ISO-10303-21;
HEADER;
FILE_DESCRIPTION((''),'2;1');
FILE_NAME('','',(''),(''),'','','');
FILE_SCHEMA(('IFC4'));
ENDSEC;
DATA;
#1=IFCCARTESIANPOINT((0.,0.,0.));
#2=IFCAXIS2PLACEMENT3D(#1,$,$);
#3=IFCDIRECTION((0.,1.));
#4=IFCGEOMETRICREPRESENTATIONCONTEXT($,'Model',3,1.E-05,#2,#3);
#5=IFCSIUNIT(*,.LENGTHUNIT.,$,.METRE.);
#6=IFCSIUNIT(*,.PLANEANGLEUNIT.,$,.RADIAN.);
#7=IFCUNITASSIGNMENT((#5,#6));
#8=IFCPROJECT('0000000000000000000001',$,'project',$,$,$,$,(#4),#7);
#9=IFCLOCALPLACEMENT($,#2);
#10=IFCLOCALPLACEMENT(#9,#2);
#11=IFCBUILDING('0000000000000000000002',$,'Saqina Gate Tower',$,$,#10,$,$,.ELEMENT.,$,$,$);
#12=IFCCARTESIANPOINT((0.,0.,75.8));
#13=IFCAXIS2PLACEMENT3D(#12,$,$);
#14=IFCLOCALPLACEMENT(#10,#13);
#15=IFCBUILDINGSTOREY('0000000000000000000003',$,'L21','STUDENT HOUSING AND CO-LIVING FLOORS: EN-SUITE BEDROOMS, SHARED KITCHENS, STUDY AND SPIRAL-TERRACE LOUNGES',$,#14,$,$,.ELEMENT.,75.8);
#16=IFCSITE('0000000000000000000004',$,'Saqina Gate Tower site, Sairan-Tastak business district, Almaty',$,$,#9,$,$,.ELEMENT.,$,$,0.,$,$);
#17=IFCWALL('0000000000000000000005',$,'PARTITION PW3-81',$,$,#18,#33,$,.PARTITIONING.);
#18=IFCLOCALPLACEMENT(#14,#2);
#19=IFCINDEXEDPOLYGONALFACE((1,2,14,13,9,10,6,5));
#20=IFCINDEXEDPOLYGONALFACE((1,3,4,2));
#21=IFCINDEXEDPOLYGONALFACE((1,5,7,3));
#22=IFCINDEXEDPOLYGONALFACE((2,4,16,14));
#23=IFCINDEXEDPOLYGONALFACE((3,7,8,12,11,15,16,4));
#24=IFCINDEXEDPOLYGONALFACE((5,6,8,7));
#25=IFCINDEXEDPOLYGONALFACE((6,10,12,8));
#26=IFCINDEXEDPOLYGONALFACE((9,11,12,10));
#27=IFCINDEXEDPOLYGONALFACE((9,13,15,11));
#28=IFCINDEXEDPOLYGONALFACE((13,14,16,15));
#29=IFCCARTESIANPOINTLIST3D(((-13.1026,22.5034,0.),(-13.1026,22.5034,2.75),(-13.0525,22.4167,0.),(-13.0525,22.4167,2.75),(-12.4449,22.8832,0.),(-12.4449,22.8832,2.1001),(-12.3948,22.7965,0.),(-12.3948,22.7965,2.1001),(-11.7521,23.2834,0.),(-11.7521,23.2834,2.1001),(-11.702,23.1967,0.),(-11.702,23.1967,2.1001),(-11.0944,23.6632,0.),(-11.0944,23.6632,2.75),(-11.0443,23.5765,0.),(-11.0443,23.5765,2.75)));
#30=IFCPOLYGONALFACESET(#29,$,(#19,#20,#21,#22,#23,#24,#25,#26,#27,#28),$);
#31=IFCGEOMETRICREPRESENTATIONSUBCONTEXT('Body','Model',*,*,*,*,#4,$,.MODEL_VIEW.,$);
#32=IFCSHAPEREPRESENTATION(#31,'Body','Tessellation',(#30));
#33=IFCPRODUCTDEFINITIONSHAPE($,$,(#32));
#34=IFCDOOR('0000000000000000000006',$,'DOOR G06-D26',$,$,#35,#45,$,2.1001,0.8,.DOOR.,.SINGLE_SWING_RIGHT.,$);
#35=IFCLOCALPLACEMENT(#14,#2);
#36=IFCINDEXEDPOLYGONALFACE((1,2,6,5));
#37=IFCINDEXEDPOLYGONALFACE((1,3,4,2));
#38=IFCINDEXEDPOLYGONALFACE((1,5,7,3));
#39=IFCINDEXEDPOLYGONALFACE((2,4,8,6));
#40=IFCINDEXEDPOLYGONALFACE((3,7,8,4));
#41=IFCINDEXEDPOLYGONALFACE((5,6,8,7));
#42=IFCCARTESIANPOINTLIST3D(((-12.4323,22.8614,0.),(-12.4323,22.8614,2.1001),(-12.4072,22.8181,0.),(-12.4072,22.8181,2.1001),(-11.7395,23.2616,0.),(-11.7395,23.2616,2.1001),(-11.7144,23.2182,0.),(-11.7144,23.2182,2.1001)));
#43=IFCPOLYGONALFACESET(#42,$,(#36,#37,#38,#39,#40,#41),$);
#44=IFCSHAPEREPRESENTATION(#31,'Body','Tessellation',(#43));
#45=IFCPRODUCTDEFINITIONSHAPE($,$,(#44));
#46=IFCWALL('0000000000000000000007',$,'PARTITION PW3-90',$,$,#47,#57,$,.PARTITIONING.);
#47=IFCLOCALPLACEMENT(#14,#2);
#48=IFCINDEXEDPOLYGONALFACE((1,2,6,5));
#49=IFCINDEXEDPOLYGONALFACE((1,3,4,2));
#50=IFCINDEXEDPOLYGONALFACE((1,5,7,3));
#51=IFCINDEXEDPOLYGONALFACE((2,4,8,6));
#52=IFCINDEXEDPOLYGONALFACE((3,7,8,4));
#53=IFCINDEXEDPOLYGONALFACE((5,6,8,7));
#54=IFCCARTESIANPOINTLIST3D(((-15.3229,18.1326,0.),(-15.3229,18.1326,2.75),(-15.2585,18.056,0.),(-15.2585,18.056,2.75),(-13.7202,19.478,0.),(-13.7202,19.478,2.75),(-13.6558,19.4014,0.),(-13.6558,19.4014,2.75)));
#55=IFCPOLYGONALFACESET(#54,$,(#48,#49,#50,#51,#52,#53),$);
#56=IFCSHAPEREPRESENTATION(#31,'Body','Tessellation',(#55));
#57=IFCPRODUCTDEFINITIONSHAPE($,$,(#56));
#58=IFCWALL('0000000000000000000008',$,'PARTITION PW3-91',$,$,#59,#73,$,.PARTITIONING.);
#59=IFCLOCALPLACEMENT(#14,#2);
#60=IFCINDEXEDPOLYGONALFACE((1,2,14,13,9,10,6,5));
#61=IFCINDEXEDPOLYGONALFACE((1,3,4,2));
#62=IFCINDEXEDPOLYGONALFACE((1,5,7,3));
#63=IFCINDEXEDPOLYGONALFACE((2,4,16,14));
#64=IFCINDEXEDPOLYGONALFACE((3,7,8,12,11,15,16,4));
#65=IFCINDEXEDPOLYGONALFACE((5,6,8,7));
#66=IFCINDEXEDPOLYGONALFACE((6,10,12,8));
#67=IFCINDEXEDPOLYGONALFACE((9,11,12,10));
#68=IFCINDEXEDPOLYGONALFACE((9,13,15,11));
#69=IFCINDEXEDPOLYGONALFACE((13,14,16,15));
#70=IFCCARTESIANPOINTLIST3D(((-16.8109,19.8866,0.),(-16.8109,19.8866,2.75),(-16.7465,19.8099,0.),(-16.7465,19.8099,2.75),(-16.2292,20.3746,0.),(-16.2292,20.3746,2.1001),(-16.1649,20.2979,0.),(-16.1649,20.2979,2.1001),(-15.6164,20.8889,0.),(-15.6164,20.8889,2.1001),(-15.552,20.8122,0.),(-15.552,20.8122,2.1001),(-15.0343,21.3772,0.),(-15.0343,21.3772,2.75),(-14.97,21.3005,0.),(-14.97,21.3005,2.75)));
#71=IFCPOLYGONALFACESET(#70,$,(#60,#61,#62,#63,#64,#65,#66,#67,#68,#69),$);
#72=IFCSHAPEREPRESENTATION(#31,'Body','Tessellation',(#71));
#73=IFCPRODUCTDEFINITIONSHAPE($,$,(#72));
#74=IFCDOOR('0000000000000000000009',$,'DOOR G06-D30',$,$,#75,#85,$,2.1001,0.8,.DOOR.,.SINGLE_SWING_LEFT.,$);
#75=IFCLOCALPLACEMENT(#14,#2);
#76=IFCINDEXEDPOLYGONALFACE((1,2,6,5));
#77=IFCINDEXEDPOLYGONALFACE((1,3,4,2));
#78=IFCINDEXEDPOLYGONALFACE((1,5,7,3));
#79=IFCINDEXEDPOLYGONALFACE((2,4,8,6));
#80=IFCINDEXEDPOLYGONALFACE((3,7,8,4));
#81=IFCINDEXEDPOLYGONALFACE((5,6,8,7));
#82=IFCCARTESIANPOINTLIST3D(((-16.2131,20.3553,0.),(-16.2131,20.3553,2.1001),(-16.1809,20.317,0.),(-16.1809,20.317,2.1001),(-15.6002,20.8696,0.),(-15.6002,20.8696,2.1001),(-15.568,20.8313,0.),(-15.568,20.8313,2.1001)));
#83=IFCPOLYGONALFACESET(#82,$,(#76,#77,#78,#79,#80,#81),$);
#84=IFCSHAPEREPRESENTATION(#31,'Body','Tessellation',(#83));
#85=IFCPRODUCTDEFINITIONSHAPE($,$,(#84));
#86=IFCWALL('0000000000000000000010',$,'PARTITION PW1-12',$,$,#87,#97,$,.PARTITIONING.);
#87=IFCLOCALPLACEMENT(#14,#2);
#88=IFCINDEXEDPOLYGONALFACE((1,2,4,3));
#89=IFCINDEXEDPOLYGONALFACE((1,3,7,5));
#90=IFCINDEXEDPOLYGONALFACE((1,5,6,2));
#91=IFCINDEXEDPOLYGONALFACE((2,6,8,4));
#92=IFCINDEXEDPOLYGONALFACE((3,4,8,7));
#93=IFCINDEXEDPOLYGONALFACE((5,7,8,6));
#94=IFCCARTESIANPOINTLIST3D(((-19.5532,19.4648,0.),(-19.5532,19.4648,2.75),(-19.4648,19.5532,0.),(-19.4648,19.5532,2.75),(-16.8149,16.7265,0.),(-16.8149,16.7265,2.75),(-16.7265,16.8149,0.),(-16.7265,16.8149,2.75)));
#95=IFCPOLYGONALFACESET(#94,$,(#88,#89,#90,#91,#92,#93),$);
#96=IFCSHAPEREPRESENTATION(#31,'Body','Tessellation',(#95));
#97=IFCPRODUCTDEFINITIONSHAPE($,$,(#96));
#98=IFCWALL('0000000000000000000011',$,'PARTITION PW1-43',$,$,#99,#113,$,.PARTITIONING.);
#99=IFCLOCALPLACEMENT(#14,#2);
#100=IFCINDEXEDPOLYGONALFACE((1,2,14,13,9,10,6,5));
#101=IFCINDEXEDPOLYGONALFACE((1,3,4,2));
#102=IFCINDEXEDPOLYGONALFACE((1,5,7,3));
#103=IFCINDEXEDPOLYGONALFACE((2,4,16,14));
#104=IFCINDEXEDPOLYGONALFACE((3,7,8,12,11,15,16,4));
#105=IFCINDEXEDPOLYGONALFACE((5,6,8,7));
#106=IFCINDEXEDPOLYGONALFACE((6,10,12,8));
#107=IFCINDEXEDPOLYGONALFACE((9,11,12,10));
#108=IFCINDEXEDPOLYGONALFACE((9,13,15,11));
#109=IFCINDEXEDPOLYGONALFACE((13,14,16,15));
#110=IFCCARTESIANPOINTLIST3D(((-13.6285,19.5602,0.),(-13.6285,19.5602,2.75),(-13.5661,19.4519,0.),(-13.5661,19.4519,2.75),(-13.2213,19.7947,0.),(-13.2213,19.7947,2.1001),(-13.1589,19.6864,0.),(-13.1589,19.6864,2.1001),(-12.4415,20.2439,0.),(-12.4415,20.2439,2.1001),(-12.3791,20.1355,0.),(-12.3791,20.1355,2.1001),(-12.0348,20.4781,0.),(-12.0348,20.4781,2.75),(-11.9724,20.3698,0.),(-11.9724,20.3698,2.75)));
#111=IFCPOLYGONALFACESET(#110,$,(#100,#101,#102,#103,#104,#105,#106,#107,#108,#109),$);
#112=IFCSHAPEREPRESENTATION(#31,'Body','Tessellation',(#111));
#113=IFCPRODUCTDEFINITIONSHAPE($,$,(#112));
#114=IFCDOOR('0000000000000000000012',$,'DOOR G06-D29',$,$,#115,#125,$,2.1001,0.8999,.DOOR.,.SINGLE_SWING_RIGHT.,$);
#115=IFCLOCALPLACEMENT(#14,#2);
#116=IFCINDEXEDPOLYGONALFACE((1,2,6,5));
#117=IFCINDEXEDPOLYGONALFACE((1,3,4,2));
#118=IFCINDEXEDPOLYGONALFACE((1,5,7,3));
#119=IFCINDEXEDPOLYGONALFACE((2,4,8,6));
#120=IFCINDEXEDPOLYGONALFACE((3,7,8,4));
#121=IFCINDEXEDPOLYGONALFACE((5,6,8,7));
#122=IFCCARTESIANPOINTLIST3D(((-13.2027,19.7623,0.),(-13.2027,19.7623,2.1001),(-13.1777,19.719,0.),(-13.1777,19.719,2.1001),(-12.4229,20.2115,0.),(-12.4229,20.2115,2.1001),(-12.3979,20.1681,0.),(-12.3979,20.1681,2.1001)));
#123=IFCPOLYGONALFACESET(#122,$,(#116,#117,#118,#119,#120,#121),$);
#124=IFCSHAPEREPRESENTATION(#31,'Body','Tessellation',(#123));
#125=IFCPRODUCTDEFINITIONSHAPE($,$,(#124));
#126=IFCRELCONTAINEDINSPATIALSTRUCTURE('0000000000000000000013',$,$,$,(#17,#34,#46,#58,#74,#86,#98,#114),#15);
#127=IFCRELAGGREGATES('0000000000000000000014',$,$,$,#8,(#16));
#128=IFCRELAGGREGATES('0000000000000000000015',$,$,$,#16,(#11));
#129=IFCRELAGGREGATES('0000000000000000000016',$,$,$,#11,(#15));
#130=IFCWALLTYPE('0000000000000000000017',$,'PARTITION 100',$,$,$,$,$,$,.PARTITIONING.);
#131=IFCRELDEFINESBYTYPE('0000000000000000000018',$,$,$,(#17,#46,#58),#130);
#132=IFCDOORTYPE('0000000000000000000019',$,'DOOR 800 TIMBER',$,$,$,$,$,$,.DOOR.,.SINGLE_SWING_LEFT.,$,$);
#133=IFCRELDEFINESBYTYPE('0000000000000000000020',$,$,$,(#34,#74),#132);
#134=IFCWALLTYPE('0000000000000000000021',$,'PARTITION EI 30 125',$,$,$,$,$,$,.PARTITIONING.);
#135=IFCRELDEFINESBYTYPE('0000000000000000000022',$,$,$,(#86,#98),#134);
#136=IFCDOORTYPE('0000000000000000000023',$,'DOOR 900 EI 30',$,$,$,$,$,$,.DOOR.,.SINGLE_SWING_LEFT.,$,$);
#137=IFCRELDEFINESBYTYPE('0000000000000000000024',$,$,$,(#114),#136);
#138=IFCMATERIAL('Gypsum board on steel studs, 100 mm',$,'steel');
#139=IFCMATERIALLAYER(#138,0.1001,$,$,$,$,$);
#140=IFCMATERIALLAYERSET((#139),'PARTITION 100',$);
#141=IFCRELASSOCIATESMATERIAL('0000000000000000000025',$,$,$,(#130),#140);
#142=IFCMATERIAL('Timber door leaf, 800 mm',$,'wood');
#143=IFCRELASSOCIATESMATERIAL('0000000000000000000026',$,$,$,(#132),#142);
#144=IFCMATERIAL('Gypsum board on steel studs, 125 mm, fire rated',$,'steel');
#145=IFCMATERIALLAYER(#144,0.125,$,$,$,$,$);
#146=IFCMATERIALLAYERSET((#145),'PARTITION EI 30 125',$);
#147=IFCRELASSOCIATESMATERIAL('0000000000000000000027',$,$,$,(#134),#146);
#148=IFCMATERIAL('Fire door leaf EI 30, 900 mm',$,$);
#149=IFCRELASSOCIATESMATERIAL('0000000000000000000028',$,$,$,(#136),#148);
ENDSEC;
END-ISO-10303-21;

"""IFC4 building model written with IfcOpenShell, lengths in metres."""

from ifc_helpers import new_model, si_unit, direction, frame, frame_2d, origin, place, context, subcontext, project, spatial, rectangle, extrude, material, layer, layer_set, type_object, element, fill, save


model = new_model("IFC4")

# Units and contexts
model_context = context("Model", 3, precision=1e-05, world=origin(), true_north=direction((0.0, 1.0)))
body_context = subcontext(model_context, "Body", "Model", "MODEL_VIEW")
ifc_project = project(units=[si_unit("LENGTHUNIT", "METRE"), si_unit("PLANEANGLEUNIT", "RADIAN")], contexts=[model_context])

# Site, building, storey
site_placement = place(None, origin())
site = spatial("IfcSite", under=ifc_project, at=site_placement, Name="Saqina Gate Tower site, Sairan-Tastak business district, Almaty", CompositionType="ELEMENT", RefElevation=0.0)
building_placement = place(site_placement, origin())
building = spatial("IfcBuilding", under=site, at=building_placement, Name="Saqina Gate Tower", CompositionType="ELEMENT")
storey_placement = place(building_placement, frame((0.0, 0.0, 75.8)))
storey = spatial("IfcBuildingStorey", under=building, at=storey_placement, Name="L21", Description="STUDENT HOUSING AND CO-LIVING FLOORS: EN-SUITE BEDROOMS, SHARED KITCHENS, STUDY AND SPIRAL-TERRACE LOUNGES", CompositionType="ELEMENT", Elevation=75.8)

# Shared definitions
ifc_material_1 = material(Name="Gypsum board on steel studs, 100 mm", Category="steel")
ifc_layer_1 = layer(ifc_material_1, 0.1001)
ifc_layer_set_1 = layer_set([ifc_layer_1], Name="PARTITION 100")
wall_type_1 = type_object("IfcWallType", Name="PARTITION 100", PredefinedType="PARTITIONING", material=ifc_layer_set_1)

# Wall, opening, door
wall_1_placement = place(storey_placement, frame((-13.0776, 22.46, 0.0), z_axis=(0.0, 0.0, 1.0), x_axis=(0.865947, 0.500136, 0.0)))
wall_1 = element("IfcWall", 1, at=wall_1_placement, inside=storey, type_object=wall_type_1, Name="PARTITION PW3-81", PredefinedType="PARTITIONING", context=body_context, shape_type="SweptSolid", body=[
    extrude(rectangle(XDim=2.3191, YDim=0.1001, at=frame_2d((1.1597, 0.0))), origin(), (0.0, 0.0, 1.0), 2.75),
])
opening_1_placement = place(wall_1_placement, frame((0.7598, 0.0, 0.0)))
opening_1 = element("IfcOpeningElement", 2, at=opening_1_placement, cuts=wall_1, PredefinedType="OPENING", context=body_context, shape_type="SweptSolid", body=[
    extrude(rectangle(XDim=0.8, YDim=2.1001, at=frame_2d((0.3999, 1.05))), frame((0.0, 0.062, 0.0), z_axis=(0.0, -1.0, 0.0), x_axis=(1.0, 0.0, 0.0)), (0.0, 0.0, 1.0), 0.124),
])
ifc_material_2 = material(Name="Timber door leaf, 800 mm", Category="wood")
door_type_1 = type_object("IfcDoorType", Name="DOOR 800 TIMBER", OperationType="SINGLE_SWING_LEFT", PredefinedType="DOOR", material=ifc_material_2)
door_1_placement = place(opening_1_placement, origin())
door_1 = element("IfcDoor", 3, at=door_1_placement, inside=storey, type_object=door_type_1, Name="DOOR G06-D26", OperationType="SINGLE_SWING_RIGHT", OverallHeight=2.1001, OverallWidth=0.8, PredefinedType="DOOR", context=body_context, shape_type="SweptSolid", body=[
    extrude(rectangle(XDim=0.8, YDim=2.1001, at=frame_2d((0.3999, 1.05))), frame((0.0, 0.0249, 0.0), z_axis=(0.0, -1.0, 0.0), x_axis=(1.0, 0.0, 0.0)), (0.0, 0.0, 1.0), 0.05),
])
fill(opening_1, door_1)

# Wall
wall_2_placement = place(storey_placement, frame((-15.2908, 18.0942, 0.0), z_axis=(0.0, 0.0, 1.0), x_axis=(0.765912, 0.642946, 0.0)))
element("IfcWall", 4, at=wall_2_placement, inside=storey, type_object=wall_type_1, Name="PARTITION PW3-90", PredefinedType="PARTITIONING", context=body_context, shape_type="SweptSolid", body=[
    extrude(rectangle(XDim=2.0925, YDim=0.1001, at=frame_2d((1.0464, 0.0))), origin(), (0.0, 0.0, 1.0), 2.75),
])

# Wall, opening, door
wall_3_placement = place(storey_placement, frame((-16.7788, 19.8481, 0.0), z_axis=(0.0, 0.0, 1.0), x_axis=(0.766051, 0.64278, 0.0)))
wall_3 = element("IfcWall", 5, at=wall_3_placement, inside=storey, type_object=wall_type_1, Name="PARTITION PW3-91", PredefinedType="PARTITIONING", context=body_context, shape_type="SweptSolid", body=[
    extrude(rectangle(XDim=2.3191, YDim=0.1001, at=frame_2d((1.1597, 0.0))), origin(), (0.0, 0.0, 1.0), 2.75),
])
opening_2_placement = place(wall_3_placement, frame((0.7595, 0.0, 0.0)))
opening_2 = element("IfcOpeningElement", 6, at=opening_2_placement, cuts=wall_3, PredefinedType="OPENING", context=body_context, shape_type="SweptSolid", body=[
    extrude(rectangle(XDim=0.8, YDim=2.1001, at=frame_2d((0.3999, 1.05))), frame((0.0, 0.062, 0.0), z_axis=(0.0, -1.0, 0.0), x_axis=(1.0, 0.0, 0.0)), (0.0, 0.0, 1.0), 0.124),
])
door_2_placement = place(opening_2_placement, origin())
door_2 = element("IfcDoor", 7, at=door_2_placement, inside=storey, type_object=door_type_1, Name="DOOR G06-D30", OperationType="SINGLE_SWING_LEFT", OverallHeight=2.1001, OverallWidth=0.8, PredefinedType="DOOR", context=body_context, shape_type="SweptSolid", body=[
    extrude(rectangle(XDim=0.8, YDim=2.1001, at=frame_2d((0.3999, 1.05))), frame((0.0, 0.0249, 0.0), z_axis=(0.0, -1.0, 0.0), x_axis=(1.0, 0.0, 0.0)), (0.0, 0.0, 1.0), 0.05),
])
fill(opening_2, door_2)

# Wall
ifc_material_3 = material(Name="Gypsum board on steel studs, 125 mm, fire rated", Category="steel")
ifc_layer_2 = layer(ifc_material_3, 0.125)
ifc_layer_set_2 = layer_set([ifc_layer_2], Name="PARTITION EI 30 125")
wall_type_2 = type_object("IfcWallType", Name="PARTITION EI 30 125", PredefinedType="PARTITIONING", material=ifc_layer_set_2)
wall_4_placement = place(storey_placement, frame((-19.509, 19.509, 0.0), z_axis=(0.0, 0.0, 1.0), x_axis=(0.707107, -0.707107, 0.0)))
element("IfcWall", 8, at=wall_4_placement, inside=storey, type_object=wall_type_2, Name="PARTITION PW1-12", PredefinedType="PARTITIONING", context=body_context, shape_type="SweptSolid", body=[
    extrude(rectangle(XDim=3.8726, YDim=0.125, at=frame_2d((1.9363, 0.0))), origin(), (0.0, 0.0, 1.0), 2.75),
])

# Wall, opening, door
wall_5_placement = place(storey_placement, frame((-13.5972, 19.5061, 0.0), z_axis=(0.0, 0.0, 1.0), x_axis=(0.866539, 0.499109, 0.0)))
wall_5 = element("IfcWall", 9, at=wall_5_placement, inside=storey, type_object=wall_type_2, Name="PARTITION PW1-43", PredefinedType="PARTITIONING", context=body_context, shape_type="SweptSolid", body=[
    extrude(rectangle(XDim=1.8391, YDim=0.125, at=frame_2d((0.9194, 0.0))), origin(), (0.0, 0.0, 1.0), 2.75),
])
opening_3_placement = place(wall_5_placement, frame((0.4697, 0.0, 0.0)))
opening_3 = element("IfcOpeningElement", 10, at=opening_3_placement, cuts=wall_5, PredefinedType="OPENING", context=body_context, shape_type="SweptSolid", body=[
    extrude(rectangle(XDim=0.8999, YDim=2.1001, at=frame_2d((0.45, 1.05))), frame((0.0, 0.0745, 0.0), z_axis=(0.0, -1.0, 0.0), x_axis=(1.0, 0.0, 0.0)), (0.0, 0.0, 1.0), 0.1489),
])
ifc_material_4 = material(Name="Fire door leaf EI 30, 900 mm")
door_type_2 = type_object("IfcDoorType", Name="DOOR 900 EI 30", OperationType="SINGLE_SWING_LEFT", PredefinedType="DOOR", material=ifc_material_4)
door_3_placement = place(opening_3_placement, frame((0.8999, 0.0, 0.0), z_axis=(0.0, 0.0, 1.0), x_axis=(-1.0, 0.0, 0.0)))
door_3 = element("IfcDoor", 11, at=door_3_placement, inside=storey, type_object=door_type_2, Name="DOOR G06-D29", OperationType="SINGLE_SWING_RIGHT", OverallHeight=2.1001, OverallWidth=0.8999, PredefinedType="DOOR", context=body_context, shape_type="SweptSolid", body=[
    extrude(rectangle(XDim=0.8999, YDim=2.1001, at=frame_2d((0.45, 1.05))), frame((0.0, 0.0249, 0.0), z_axis=(0.0, -1.0, 0.0), x_axis=(1.0, 0.0, 0.0)), (0.0, 0.0, 1.0), 0.05),
])
fill(opening_3, door_3)

save(model, "model.ifc")
